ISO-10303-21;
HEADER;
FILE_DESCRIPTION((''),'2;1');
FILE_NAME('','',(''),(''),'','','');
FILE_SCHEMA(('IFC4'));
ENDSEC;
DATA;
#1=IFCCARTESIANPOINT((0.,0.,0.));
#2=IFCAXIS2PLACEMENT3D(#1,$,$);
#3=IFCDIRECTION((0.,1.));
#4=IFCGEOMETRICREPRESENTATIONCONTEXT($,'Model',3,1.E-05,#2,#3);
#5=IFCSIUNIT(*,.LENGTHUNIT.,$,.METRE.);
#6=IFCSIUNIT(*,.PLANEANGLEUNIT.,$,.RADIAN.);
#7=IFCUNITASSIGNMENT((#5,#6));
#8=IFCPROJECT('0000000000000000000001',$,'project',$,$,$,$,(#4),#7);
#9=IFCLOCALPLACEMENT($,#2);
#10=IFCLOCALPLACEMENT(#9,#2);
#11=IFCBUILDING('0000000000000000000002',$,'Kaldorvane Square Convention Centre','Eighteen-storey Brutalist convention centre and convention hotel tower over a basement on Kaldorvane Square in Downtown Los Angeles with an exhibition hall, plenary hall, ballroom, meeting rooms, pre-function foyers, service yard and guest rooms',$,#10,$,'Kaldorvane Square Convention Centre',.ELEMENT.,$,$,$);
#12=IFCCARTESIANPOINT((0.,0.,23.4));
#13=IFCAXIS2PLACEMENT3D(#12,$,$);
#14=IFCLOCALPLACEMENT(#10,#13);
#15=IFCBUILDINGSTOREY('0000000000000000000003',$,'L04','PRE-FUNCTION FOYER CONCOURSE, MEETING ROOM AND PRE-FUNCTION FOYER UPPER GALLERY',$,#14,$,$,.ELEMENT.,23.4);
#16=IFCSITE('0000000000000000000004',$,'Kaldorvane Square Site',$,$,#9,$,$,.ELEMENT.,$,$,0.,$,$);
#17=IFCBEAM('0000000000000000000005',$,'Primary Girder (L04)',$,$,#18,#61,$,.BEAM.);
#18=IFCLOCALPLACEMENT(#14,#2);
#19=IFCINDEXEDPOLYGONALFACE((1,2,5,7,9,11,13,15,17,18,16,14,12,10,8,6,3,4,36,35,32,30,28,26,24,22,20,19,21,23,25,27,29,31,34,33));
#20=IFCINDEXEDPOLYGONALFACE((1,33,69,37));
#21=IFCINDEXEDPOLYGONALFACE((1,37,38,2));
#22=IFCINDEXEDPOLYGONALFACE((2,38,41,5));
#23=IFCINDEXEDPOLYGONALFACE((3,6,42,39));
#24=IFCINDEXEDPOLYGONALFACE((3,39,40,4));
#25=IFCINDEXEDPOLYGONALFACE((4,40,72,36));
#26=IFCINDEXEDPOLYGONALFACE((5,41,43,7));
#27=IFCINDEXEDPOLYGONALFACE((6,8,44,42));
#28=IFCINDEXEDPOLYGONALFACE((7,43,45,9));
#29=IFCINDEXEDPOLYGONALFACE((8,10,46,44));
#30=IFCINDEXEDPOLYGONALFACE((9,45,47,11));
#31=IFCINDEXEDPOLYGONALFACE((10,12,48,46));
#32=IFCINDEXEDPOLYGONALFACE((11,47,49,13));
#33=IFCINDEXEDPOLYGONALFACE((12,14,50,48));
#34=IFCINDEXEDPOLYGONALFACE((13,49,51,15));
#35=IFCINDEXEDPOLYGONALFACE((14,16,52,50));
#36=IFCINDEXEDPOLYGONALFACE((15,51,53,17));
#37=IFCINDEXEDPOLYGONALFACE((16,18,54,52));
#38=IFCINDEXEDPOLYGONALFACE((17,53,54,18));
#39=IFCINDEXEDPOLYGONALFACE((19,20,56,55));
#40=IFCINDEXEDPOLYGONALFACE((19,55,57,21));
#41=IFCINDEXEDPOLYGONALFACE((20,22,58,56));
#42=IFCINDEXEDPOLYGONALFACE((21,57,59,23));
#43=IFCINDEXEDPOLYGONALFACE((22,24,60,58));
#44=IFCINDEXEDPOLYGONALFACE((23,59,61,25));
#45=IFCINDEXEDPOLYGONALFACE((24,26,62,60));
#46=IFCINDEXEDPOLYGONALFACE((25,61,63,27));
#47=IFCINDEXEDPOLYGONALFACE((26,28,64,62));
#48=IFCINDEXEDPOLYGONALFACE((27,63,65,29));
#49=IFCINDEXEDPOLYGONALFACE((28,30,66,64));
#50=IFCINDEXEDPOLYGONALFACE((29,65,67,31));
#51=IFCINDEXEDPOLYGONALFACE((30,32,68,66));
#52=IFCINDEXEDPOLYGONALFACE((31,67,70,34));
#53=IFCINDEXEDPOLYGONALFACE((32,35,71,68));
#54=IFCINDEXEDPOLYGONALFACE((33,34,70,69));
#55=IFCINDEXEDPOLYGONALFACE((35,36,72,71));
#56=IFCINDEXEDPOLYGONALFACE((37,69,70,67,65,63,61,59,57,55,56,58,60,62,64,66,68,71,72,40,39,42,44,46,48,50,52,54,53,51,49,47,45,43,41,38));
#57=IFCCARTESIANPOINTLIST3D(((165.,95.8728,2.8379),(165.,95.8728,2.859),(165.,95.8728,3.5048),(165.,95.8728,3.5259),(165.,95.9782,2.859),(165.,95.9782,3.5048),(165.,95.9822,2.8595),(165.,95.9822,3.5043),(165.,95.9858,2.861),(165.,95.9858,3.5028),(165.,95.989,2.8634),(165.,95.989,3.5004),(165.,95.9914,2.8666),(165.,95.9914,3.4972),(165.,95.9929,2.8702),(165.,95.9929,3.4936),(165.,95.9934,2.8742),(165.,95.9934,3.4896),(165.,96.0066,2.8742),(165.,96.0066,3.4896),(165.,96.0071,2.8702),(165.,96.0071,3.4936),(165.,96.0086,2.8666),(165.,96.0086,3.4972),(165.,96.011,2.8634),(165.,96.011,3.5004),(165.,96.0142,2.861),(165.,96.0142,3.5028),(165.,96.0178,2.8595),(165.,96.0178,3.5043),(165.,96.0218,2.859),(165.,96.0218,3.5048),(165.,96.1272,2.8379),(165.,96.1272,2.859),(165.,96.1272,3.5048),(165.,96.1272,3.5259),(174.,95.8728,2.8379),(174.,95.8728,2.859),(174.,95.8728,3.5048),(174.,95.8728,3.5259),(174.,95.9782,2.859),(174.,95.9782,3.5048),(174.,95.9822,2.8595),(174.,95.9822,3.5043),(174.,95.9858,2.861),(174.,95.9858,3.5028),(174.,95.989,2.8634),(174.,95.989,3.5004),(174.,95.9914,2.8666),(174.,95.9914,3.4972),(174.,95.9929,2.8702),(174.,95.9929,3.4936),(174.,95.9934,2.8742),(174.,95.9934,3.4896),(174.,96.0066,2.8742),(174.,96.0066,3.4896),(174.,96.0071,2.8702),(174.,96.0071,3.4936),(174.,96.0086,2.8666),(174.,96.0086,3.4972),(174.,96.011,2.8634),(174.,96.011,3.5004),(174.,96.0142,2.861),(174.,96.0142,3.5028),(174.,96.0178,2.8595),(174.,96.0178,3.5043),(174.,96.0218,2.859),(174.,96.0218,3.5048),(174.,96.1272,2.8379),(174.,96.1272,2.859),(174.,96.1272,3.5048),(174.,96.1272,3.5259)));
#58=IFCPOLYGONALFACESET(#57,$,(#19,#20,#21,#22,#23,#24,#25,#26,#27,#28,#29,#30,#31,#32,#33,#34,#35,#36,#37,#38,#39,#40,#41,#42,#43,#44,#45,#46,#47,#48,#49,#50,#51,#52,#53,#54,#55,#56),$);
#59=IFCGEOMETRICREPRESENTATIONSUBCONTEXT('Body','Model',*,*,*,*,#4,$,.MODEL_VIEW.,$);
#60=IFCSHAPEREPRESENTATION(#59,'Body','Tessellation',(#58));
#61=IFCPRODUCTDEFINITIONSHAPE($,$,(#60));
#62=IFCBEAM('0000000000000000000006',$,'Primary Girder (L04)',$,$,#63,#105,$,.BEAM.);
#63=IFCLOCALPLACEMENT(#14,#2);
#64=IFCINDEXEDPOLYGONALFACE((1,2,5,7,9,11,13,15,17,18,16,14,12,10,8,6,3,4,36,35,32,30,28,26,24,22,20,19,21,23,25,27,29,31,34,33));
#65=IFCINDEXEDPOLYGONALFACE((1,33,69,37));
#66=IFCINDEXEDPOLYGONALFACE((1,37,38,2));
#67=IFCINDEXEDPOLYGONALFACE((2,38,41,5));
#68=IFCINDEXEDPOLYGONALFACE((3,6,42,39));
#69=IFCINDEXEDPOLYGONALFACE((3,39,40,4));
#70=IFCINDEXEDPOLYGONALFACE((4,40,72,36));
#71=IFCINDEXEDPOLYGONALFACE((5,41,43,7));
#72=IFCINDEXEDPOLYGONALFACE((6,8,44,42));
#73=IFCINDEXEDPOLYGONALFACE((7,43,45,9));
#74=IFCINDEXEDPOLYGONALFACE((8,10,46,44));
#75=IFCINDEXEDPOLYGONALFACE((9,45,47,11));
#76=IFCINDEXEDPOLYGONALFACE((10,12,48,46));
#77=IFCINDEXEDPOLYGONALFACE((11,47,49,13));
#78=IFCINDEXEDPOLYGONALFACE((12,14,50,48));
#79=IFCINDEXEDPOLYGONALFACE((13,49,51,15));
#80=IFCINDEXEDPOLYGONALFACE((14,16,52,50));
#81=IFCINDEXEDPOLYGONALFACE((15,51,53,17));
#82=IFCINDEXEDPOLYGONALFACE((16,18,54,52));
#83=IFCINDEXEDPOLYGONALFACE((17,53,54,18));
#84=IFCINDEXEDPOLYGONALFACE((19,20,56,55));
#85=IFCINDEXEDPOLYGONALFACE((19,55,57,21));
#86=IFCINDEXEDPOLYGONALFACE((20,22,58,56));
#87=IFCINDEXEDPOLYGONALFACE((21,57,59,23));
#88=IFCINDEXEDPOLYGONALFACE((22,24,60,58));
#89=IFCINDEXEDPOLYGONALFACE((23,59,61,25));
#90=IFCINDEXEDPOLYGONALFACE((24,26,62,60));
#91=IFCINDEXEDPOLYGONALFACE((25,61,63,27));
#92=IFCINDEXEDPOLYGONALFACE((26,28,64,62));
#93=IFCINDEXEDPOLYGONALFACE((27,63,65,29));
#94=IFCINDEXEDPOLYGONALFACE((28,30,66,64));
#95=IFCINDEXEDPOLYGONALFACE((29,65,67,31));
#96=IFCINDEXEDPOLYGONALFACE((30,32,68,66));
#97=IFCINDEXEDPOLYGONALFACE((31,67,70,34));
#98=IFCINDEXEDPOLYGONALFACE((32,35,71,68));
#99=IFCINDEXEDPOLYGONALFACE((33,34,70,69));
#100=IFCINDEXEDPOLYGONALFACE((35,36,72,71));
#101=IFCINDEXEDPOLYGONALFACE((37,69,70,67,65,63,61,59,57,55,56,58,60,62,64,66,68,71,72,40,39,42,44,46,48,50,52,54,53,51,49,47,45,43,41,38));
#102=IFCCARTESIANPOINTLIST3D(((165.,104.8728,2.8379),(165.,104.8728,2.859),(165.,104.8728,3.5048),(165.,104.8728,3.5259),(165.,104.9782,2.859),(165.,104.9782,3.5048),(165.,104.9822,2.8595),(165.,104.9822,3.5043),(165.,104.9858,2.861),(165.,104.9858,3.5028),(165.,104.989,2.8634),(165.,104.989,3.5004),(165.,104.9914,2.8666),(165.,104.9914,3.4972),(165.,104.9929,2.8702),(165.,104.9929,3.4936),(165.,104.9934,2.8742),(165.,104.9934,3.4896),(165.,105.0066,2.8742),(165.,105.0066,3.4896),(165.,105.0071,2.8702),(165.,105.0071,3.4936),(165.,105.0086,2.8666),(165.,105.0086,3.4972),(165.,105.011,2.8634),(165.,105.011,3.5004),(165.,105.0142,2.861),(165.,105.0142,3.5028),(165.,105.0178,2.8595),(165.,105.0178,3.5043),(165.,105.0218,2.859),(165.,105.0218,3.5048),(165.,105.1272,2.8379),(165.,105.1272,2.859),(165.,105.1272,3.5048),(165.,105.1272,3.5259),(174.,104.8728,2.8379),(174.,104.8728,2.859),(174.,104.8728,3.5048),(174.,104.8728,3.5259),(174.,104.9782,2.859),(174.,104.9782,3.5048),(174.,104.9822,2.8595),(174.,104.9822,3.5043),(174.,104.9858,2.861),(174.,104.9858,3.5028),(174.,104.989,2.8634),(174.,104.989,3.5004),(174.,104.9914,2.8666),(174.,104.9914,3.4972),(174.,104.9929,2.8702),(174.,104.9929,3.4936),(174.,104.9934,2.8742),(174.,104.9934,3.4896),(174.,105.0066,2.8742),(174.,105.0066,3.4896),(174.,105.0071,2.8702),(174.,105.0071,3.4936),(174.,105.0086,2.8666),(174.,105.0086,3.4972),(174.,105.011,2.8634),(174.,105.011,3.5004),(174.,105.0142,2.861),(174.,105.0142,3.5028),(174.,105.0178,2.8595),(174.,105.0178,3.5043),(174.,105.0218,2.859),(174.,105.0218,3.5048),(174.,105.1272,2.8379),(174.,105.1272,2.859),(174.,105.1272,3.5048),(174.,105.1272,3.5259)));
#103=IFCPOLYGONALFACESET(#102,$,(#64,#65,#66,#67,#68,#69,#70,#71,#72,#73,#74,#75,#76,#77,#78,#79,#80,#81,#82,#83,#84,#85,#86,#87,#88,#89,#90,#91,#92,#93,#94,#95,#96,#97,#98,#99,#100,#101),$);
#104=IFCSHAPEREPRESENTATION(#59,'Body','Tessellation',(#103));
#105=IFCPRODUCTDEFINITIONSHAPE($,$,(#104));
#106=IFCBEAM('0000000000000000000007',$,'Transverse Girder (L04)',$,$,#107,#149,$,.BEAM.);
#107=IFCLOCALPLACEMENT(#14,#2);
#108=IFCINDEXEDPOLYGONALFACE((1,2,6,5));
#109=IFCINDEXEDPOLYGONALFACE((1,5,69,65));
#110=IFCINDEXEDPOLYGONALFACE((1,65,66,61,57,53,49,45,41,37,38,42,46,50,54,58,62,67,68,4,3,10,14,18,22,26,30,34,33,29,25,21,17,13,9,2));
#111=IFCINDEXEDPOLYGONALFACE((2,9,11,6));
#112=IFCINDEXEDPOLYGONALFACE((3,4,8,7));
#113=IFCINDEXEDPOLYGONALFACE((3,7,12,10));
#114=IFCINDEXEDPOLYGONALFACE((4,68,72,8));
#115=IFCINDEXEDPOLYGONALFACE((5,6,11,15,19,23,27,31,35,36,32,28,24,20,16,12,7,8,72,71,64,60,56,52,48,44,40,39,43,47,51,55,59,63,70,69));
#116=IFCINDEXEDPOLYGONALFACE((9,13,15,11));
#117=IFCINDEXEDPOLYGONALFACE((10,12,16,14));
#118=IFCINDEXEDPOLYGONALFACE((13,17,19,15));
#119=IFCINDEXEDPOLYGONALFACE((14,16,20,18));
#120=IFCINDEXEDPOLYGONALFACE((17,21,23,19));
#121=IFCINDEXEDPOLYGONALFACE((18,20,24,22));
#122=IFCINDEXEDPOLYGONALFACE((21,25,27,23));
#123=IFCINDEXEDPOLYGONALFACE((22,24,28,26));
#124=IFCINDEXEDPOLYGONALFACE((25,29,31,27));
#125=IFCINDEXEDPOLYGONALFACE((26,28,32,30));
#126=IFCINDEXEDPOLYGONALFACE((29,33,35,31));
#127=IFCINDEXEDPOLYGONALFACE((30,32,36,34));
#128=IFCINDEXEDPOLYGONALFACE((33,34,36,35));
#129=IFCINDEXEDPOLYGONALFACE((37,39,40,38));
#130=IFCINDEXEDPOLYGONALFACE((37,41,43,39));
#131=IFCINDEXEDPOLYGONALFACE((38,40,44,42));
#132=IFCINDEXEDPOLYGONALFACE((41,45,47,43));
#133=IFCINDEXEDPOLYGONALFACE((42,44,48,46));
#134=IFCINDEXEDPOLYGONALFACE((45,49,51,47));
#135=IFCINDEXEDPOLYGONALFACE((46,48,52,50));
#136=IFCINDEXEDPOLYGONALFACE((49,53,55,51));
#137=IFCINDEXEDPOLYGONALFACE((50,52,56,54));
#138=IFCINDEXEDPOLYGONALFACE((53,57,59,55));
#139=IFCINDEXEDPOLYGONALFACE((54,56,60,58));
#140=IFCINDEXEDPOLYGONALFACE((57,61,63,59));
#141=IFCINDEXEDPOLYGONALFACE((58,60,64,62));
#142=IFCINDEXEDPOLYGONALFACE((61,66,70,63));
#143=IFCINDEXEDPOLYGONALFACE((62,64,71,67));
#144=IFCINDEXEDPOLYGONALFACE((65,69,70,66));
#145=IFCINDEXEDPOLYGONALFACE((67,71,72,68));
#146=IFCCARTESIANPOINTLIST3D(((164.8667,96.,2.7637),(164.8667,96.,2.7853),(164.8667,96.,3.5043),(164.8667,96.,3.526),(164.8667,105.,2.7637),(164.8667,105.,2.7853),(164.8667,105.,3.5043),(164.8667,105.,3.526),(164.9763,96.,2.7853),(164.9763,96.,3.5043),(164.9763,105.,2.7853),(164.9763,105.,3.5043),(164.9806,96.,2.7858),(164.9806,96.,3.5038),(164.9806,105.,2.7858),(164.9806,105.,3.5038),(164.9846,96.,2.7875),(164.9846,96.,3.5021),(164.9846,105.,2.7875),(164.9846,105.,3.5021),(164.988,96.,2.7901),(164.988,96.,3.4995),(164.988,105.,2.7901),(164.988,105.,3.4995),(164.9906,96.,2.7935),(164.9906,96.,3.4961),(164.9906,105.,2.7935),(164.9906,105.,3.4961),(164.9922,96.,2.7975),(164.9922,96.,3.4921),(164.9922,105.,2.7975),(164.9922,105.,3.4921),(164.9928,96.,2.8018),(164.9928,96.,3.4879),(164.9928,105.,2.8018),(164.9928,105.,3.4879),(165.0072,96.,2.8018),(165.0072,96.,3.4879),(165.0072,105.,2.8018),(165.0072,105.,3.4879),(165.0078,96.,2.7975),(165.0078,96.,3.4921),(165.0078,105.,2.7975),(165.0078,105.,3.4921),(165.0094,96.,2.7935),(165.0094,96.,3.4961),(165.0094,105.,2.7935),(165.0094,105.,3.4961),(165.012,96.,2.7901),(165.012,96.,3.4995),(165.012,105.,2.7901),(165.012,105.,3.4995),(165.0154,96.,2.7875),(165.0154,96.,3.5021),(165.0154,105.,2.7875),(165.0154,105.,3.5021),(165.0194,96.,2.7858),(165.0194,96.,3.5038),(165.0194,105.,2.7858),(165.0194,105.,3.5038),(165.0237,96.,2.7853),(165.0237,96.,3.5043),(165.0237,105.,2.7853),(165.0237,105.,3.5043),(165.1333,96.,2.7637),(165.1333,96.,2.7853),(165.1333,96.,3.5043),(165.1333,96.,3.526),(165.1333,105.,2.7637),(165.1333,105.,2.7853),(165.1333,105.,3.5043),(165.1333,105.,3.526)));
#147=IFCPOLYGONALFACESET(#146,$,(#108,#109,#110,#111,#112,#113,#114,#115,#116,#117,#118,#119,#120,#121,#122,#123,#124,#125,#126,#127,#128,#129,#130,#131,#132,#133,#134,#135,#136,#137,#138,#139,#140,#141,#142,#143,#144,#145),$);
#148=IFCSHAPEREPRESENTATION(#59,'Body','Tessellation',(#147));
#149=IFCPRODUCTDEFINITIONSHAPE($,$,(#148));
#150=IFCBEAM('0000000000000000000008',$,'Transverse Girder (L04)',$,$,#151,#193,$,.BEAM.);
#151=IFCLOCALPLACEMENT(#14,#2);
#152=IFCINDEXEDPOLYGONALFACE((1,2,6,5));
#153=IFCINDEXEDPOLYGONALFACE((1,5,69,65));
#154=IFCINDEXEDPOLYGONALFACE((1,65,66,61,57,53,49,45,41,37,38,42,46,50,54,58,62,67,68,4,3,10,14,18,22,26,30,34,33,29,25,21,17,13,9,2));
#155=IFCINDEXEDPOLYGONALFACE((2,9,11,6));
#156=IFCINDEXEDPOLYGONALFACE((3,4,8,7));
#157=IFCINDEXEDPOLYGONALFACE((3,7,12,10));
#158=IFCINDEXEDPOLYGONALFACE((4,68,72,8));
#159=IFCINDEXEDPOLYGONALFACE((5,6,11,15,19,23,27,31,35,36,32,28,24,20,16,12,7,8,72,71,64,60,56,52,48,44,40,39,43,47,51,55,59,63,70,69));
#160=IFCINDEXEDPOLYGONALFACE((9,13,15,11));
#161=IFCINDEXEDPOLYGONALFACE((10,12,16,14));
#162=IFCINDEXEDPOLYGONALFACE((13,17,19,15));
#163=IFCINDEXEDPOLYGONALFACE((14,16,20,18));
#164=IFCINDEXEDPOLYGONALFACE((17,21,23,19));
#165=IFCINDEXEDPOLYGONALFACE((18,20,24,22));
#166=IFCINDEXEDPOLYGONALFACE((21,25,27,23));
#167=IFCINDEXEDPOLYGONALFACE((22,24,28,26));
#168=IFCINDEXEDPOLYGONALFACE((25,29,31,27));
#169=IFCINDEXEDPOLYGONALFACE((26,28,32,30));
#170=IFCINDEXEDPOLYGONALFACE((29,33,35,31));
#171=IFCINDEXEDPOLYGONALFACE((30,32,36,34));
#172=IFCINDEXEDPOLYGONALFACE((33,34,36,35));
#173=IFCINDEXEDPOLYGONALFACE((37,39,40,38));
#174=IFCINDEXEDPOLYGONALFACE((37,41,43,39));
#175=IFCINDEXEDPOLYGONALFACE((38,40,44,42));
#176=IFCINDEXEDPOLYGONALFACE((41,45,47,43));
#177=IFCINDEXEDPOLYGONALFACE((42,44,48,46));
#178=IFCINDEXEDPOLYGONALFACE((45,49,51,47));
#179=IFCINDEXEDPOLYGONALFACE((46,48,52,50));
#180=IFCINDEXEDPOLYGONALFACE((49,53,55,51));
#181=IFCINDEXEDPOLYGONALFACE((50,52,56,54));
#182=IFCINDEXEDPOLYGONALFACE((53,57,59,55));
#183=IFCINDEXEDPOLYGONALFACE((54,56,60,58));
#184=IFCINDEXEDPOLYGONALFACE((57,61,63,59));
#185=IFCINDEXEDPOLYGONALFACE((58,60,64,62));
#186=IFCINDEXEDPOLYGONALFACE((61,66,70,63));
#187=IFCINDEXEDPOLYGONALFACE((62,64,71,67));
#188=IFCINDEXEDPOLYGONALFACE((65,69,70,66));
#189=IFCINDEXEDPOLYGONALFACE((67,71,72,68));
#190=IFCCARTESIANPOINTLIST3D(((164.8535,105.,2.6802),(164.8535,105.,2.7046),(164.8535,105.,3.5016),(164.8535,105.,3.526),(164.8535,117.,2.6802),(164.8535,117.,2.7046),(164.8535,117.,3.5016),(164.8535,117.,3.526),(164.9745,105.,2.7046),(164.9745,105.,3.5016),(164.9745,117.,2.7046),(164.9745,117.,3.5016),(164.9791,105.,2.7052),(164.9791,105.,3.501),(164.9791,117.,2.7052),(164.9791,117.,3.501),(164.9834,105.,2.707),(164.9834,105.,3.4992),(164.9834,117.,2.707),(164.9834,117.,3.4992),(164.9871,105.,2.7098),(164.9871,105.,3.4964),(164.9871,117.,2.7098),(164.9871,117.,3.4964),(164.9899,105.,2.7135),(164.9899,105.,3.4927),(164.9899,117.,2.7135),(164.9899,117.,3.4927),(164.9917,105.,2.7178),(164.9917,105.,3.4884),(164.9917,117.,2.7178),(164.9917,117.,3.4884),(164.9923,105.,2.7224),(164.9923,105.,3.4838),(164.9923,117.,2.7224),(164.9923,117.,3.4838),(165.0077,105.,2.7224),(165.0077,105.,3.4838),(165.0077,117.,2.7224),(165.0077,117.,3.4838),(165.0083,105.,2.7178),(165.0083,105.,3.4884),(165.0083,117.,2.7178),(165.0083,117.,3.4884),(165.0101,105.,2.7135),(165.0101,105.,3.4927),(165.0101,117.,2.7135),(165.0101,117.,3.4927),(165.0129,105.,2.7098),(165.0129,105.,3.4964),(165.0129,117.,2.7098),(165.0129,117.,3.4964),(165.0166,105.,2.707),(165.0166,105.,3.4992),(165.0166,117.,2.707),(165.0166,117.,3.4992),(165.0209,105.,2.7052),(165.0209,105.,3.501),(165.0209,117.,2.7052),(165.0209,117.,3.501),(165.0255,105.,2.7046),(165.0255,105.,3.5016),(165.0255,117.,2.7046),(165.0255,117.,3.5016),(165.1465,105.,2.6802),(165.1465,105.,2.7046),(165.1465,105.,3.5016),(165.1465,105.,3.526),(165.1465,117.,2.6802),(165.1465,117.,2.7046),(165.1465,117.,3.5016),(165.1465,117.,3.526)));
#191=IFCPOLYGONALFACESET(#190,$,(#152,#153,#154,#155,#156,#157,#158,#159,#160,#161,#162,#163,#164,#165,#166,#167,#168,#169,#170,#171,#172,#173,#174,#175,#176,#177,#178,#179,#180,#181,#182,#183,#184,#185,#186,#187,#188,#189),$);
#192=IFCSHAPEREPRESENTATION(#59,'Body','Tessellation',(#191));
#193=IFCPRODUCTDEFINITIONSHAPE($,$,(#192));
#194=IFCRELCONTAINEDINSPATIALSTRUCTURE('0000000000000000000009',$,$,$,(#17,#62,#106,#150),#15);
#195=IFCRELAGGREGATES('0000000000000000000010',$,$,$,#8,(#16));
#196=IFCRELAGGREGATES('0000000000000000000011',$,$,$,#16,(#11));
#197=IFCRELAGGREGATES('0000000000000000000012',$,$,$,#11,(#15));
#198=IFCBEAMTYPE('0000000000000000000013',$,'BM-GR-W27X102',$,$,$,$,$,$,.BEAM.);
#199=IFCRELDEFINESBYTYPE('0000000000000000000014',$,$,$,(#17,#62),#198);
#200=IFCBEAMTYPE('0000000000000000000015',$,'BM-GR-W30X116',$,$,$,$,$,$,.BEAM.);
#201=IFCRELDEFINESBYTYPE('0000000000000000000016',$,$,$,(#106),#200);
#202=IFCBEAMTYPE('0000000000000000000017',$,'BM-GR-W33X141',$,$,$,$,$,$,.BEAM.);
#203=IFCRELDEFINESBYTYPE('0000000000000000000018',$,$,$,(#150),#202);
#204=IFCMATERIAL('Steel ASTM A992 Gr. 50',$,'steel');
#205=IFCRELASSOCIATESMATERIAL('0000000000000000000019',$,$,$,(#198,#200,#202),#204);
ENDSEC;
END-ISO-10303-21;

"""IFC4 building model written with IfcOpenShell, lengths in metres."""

from ifc_helpers import new_model, si_unit, direction, frame, origin, origin_2d, place, context, subcontext, project, spatial, i_section, extrude, material, material_profile, profile_set, type_object, element, save


model = new_model("IFC4")

# Units and contexts
model_context = context("Model", 3, precision=1e-05, world=origin(), true_north=direction((0.0, 1.0)))
body_context = subcontext(model_context, "Body", "Model", "MODEL_VIEW")
ifc_project = project(units=[si_unit("LENGTHUNIT", "METRE"), si_unit("PLANEANGLEUNIT", "RADIAN")], contexts=[model_context])

# Site, building, storey
site_placement = place(None, origin())
site = spatial("IfcSite", under=ifc_project, at=site_placement, Name="Kaldorvane Square Site", CompositionType="ELEMENT", RefElevation=0.0)
building_placement = place(site_placement, origin())
building = spatial("IfcBuilding", under=site, at=building_placement, Name="Kaldorvane Square Convention Centre", Description="Eighteen-storey Brutalist convention centre and convention hotel tower over a basement on Kaldorvane Square in Downtown Los Angeles with an exhibition hall, plenary hall, ballroom, meeting rooms, pre-function foyers, service yard and guest rooms", LongName="Kaldorvane Square Convention Centre", CompositionType="ELEMENT")
storey_placement = place(building_placement, frame((0.0, 0.0, 23.4)))
storey = spatial("IfcBuildingStorey", under=building, at=storey_placement, Name="L04", Description="PRE-FUNCTION FOYER CONCOURSE, MEETING ROOM AND PRE-FUNCTION FOYER UPPER GALLERY", CompositionType="ELEMENT", Elevation=23.4)

# Shared definitions
ifc_material_1 = material(Name="Steel ASTM A992 Gr. 50", Category="steel")

# Beams
ifc_material_profile_1 = material_profile(ifc_material_1, i_section(OverallWidth=0.2544, OverallDepth=0.6881, WebThickness=0.0131, FlangeThickness=0.0211, FilletRadius=0.0152, at=origin_2d()), Name="W27X102")
ifc_profile_set_1 = profile_set([ifc_material_profile_1], Name="Steel ASTM A992 Gr. 50")
beam_type_1 = type_object("IfcBeamType", Name="BM-GR-W27X102", PredefinedType="BEAM", material=ifc_profile_set_1)
for number, where, z_axis, x_axis, name in (
    (1, (165.0, 96.0, 3.1819), (1.0, 0.0, 0.0), (0.0, 1.0, 0.0), "Primary Girder (L04)"),
    (2, (165.0, 105.0, 3.1819), (1.0, 0.0, 0.0), (0.0, 1.0, 0.0), "Primary Girder (L04)"),
):
    element("IfcBeam", number, at=place(storey_placement, frame(where, z_axis=z_axis, x_axis=x_axis)), inside=storey, type_object=beam_type_1, Name=name, PredefinedType="BEAM", context=body_context, shape_type="SweptSolid", body=[
        extrude(i_section(OverallWidth=0.2544, OverallDepth=0.6881, WebThickness=0.0131, FlangeThickness=0.0211, FilletRadius=0.0152, at=origin_2d()), origin(), (0.0, 0.0, 1.0), 9.0),
    ])
ifc_material_profile_2 = material_profile(ifc_material_1, i_section(OverallWidth=0.2666, OverallDepth=0.7623, WebThickness=0.0144, FlangeThickness=0.0216, FilletRadius=0.0165, at=origin_2d()), Name="W30X116")
ifc_profile_set_2 = profile_set([ifc_material_profile_2], Name="Steel ASTM A992 Gr. 50")
beam_type_2 = type_object("IfcBeamType", Name="BM-GR-W30X116", PredefinedType="BEAM", material=ifc_profile_set_2)
beam_1_placement = place(storey_placement, frame((165.0, 96.0, 3.1448), z_axis=(0.0, 1.0, 0.0), x_axis=(-1.0, 0.0, 0.0)))
element("IfcBeam", 3, at=beam_1_placement, inside=storey, type_object=beam_type_2, Name="Transverse Girder (L04)", PredefinedType="BEAM", context=body_context, shape_type="SweptSolid", body=[
    extrude(i_section(OverallWidth=0.2666, OverallDepth=0.7623, WebThickness=0.0144, FlangeThickness=0.0216, FilletRadius=0.0165, at=origin_2d()), origin(), (0.0, 0.0, 1.0), 9.0),
])
ifc_material_profile_3 = material_profile(ifc_material_1, i_section(OverallWidth=0.293, OverallDepth=0.8458, WebThickness=0.0154, FlangeThickness=0.0244, FilletRadius=0.0178, at=origin_2d()), Name="W33X141")
ifc_profile_set_3 = profile_set([ifc_material_profile_3], Name="Steel ASTM A992 Gr. 50")
beam_type_3 = type_object("IfcBeamType", Name="BM-GR-W33X141", PredefinedType="BEAM", material=ifc_profile_set_3)
beam_2_placement = place(storey_placement, frame((165.0, 105.0, 3.1031), z_axis=(0.0, 1.0, 0.0), x_axis=(-1.0, 0.0, 0.0)))
element("IfcBeam", 4, at=beam_2_placement, inside=storey, type_object=beam_type_3, Name="Transverse Girder (L04)", PredefinedType="BEAM", context=body_context, shape_type="SweptSolid", body=[
    extrude(i_section(OverallWidth=0.293, OverallDepth=0.8458, WebThickness=0.0154, FlangeThickness=0.0244, FilletRadius=0.0178, at=origin_2d()), origin(), (0.0, 0.0, 1.0), 12.0),
])

save(model, "model.ifc")
